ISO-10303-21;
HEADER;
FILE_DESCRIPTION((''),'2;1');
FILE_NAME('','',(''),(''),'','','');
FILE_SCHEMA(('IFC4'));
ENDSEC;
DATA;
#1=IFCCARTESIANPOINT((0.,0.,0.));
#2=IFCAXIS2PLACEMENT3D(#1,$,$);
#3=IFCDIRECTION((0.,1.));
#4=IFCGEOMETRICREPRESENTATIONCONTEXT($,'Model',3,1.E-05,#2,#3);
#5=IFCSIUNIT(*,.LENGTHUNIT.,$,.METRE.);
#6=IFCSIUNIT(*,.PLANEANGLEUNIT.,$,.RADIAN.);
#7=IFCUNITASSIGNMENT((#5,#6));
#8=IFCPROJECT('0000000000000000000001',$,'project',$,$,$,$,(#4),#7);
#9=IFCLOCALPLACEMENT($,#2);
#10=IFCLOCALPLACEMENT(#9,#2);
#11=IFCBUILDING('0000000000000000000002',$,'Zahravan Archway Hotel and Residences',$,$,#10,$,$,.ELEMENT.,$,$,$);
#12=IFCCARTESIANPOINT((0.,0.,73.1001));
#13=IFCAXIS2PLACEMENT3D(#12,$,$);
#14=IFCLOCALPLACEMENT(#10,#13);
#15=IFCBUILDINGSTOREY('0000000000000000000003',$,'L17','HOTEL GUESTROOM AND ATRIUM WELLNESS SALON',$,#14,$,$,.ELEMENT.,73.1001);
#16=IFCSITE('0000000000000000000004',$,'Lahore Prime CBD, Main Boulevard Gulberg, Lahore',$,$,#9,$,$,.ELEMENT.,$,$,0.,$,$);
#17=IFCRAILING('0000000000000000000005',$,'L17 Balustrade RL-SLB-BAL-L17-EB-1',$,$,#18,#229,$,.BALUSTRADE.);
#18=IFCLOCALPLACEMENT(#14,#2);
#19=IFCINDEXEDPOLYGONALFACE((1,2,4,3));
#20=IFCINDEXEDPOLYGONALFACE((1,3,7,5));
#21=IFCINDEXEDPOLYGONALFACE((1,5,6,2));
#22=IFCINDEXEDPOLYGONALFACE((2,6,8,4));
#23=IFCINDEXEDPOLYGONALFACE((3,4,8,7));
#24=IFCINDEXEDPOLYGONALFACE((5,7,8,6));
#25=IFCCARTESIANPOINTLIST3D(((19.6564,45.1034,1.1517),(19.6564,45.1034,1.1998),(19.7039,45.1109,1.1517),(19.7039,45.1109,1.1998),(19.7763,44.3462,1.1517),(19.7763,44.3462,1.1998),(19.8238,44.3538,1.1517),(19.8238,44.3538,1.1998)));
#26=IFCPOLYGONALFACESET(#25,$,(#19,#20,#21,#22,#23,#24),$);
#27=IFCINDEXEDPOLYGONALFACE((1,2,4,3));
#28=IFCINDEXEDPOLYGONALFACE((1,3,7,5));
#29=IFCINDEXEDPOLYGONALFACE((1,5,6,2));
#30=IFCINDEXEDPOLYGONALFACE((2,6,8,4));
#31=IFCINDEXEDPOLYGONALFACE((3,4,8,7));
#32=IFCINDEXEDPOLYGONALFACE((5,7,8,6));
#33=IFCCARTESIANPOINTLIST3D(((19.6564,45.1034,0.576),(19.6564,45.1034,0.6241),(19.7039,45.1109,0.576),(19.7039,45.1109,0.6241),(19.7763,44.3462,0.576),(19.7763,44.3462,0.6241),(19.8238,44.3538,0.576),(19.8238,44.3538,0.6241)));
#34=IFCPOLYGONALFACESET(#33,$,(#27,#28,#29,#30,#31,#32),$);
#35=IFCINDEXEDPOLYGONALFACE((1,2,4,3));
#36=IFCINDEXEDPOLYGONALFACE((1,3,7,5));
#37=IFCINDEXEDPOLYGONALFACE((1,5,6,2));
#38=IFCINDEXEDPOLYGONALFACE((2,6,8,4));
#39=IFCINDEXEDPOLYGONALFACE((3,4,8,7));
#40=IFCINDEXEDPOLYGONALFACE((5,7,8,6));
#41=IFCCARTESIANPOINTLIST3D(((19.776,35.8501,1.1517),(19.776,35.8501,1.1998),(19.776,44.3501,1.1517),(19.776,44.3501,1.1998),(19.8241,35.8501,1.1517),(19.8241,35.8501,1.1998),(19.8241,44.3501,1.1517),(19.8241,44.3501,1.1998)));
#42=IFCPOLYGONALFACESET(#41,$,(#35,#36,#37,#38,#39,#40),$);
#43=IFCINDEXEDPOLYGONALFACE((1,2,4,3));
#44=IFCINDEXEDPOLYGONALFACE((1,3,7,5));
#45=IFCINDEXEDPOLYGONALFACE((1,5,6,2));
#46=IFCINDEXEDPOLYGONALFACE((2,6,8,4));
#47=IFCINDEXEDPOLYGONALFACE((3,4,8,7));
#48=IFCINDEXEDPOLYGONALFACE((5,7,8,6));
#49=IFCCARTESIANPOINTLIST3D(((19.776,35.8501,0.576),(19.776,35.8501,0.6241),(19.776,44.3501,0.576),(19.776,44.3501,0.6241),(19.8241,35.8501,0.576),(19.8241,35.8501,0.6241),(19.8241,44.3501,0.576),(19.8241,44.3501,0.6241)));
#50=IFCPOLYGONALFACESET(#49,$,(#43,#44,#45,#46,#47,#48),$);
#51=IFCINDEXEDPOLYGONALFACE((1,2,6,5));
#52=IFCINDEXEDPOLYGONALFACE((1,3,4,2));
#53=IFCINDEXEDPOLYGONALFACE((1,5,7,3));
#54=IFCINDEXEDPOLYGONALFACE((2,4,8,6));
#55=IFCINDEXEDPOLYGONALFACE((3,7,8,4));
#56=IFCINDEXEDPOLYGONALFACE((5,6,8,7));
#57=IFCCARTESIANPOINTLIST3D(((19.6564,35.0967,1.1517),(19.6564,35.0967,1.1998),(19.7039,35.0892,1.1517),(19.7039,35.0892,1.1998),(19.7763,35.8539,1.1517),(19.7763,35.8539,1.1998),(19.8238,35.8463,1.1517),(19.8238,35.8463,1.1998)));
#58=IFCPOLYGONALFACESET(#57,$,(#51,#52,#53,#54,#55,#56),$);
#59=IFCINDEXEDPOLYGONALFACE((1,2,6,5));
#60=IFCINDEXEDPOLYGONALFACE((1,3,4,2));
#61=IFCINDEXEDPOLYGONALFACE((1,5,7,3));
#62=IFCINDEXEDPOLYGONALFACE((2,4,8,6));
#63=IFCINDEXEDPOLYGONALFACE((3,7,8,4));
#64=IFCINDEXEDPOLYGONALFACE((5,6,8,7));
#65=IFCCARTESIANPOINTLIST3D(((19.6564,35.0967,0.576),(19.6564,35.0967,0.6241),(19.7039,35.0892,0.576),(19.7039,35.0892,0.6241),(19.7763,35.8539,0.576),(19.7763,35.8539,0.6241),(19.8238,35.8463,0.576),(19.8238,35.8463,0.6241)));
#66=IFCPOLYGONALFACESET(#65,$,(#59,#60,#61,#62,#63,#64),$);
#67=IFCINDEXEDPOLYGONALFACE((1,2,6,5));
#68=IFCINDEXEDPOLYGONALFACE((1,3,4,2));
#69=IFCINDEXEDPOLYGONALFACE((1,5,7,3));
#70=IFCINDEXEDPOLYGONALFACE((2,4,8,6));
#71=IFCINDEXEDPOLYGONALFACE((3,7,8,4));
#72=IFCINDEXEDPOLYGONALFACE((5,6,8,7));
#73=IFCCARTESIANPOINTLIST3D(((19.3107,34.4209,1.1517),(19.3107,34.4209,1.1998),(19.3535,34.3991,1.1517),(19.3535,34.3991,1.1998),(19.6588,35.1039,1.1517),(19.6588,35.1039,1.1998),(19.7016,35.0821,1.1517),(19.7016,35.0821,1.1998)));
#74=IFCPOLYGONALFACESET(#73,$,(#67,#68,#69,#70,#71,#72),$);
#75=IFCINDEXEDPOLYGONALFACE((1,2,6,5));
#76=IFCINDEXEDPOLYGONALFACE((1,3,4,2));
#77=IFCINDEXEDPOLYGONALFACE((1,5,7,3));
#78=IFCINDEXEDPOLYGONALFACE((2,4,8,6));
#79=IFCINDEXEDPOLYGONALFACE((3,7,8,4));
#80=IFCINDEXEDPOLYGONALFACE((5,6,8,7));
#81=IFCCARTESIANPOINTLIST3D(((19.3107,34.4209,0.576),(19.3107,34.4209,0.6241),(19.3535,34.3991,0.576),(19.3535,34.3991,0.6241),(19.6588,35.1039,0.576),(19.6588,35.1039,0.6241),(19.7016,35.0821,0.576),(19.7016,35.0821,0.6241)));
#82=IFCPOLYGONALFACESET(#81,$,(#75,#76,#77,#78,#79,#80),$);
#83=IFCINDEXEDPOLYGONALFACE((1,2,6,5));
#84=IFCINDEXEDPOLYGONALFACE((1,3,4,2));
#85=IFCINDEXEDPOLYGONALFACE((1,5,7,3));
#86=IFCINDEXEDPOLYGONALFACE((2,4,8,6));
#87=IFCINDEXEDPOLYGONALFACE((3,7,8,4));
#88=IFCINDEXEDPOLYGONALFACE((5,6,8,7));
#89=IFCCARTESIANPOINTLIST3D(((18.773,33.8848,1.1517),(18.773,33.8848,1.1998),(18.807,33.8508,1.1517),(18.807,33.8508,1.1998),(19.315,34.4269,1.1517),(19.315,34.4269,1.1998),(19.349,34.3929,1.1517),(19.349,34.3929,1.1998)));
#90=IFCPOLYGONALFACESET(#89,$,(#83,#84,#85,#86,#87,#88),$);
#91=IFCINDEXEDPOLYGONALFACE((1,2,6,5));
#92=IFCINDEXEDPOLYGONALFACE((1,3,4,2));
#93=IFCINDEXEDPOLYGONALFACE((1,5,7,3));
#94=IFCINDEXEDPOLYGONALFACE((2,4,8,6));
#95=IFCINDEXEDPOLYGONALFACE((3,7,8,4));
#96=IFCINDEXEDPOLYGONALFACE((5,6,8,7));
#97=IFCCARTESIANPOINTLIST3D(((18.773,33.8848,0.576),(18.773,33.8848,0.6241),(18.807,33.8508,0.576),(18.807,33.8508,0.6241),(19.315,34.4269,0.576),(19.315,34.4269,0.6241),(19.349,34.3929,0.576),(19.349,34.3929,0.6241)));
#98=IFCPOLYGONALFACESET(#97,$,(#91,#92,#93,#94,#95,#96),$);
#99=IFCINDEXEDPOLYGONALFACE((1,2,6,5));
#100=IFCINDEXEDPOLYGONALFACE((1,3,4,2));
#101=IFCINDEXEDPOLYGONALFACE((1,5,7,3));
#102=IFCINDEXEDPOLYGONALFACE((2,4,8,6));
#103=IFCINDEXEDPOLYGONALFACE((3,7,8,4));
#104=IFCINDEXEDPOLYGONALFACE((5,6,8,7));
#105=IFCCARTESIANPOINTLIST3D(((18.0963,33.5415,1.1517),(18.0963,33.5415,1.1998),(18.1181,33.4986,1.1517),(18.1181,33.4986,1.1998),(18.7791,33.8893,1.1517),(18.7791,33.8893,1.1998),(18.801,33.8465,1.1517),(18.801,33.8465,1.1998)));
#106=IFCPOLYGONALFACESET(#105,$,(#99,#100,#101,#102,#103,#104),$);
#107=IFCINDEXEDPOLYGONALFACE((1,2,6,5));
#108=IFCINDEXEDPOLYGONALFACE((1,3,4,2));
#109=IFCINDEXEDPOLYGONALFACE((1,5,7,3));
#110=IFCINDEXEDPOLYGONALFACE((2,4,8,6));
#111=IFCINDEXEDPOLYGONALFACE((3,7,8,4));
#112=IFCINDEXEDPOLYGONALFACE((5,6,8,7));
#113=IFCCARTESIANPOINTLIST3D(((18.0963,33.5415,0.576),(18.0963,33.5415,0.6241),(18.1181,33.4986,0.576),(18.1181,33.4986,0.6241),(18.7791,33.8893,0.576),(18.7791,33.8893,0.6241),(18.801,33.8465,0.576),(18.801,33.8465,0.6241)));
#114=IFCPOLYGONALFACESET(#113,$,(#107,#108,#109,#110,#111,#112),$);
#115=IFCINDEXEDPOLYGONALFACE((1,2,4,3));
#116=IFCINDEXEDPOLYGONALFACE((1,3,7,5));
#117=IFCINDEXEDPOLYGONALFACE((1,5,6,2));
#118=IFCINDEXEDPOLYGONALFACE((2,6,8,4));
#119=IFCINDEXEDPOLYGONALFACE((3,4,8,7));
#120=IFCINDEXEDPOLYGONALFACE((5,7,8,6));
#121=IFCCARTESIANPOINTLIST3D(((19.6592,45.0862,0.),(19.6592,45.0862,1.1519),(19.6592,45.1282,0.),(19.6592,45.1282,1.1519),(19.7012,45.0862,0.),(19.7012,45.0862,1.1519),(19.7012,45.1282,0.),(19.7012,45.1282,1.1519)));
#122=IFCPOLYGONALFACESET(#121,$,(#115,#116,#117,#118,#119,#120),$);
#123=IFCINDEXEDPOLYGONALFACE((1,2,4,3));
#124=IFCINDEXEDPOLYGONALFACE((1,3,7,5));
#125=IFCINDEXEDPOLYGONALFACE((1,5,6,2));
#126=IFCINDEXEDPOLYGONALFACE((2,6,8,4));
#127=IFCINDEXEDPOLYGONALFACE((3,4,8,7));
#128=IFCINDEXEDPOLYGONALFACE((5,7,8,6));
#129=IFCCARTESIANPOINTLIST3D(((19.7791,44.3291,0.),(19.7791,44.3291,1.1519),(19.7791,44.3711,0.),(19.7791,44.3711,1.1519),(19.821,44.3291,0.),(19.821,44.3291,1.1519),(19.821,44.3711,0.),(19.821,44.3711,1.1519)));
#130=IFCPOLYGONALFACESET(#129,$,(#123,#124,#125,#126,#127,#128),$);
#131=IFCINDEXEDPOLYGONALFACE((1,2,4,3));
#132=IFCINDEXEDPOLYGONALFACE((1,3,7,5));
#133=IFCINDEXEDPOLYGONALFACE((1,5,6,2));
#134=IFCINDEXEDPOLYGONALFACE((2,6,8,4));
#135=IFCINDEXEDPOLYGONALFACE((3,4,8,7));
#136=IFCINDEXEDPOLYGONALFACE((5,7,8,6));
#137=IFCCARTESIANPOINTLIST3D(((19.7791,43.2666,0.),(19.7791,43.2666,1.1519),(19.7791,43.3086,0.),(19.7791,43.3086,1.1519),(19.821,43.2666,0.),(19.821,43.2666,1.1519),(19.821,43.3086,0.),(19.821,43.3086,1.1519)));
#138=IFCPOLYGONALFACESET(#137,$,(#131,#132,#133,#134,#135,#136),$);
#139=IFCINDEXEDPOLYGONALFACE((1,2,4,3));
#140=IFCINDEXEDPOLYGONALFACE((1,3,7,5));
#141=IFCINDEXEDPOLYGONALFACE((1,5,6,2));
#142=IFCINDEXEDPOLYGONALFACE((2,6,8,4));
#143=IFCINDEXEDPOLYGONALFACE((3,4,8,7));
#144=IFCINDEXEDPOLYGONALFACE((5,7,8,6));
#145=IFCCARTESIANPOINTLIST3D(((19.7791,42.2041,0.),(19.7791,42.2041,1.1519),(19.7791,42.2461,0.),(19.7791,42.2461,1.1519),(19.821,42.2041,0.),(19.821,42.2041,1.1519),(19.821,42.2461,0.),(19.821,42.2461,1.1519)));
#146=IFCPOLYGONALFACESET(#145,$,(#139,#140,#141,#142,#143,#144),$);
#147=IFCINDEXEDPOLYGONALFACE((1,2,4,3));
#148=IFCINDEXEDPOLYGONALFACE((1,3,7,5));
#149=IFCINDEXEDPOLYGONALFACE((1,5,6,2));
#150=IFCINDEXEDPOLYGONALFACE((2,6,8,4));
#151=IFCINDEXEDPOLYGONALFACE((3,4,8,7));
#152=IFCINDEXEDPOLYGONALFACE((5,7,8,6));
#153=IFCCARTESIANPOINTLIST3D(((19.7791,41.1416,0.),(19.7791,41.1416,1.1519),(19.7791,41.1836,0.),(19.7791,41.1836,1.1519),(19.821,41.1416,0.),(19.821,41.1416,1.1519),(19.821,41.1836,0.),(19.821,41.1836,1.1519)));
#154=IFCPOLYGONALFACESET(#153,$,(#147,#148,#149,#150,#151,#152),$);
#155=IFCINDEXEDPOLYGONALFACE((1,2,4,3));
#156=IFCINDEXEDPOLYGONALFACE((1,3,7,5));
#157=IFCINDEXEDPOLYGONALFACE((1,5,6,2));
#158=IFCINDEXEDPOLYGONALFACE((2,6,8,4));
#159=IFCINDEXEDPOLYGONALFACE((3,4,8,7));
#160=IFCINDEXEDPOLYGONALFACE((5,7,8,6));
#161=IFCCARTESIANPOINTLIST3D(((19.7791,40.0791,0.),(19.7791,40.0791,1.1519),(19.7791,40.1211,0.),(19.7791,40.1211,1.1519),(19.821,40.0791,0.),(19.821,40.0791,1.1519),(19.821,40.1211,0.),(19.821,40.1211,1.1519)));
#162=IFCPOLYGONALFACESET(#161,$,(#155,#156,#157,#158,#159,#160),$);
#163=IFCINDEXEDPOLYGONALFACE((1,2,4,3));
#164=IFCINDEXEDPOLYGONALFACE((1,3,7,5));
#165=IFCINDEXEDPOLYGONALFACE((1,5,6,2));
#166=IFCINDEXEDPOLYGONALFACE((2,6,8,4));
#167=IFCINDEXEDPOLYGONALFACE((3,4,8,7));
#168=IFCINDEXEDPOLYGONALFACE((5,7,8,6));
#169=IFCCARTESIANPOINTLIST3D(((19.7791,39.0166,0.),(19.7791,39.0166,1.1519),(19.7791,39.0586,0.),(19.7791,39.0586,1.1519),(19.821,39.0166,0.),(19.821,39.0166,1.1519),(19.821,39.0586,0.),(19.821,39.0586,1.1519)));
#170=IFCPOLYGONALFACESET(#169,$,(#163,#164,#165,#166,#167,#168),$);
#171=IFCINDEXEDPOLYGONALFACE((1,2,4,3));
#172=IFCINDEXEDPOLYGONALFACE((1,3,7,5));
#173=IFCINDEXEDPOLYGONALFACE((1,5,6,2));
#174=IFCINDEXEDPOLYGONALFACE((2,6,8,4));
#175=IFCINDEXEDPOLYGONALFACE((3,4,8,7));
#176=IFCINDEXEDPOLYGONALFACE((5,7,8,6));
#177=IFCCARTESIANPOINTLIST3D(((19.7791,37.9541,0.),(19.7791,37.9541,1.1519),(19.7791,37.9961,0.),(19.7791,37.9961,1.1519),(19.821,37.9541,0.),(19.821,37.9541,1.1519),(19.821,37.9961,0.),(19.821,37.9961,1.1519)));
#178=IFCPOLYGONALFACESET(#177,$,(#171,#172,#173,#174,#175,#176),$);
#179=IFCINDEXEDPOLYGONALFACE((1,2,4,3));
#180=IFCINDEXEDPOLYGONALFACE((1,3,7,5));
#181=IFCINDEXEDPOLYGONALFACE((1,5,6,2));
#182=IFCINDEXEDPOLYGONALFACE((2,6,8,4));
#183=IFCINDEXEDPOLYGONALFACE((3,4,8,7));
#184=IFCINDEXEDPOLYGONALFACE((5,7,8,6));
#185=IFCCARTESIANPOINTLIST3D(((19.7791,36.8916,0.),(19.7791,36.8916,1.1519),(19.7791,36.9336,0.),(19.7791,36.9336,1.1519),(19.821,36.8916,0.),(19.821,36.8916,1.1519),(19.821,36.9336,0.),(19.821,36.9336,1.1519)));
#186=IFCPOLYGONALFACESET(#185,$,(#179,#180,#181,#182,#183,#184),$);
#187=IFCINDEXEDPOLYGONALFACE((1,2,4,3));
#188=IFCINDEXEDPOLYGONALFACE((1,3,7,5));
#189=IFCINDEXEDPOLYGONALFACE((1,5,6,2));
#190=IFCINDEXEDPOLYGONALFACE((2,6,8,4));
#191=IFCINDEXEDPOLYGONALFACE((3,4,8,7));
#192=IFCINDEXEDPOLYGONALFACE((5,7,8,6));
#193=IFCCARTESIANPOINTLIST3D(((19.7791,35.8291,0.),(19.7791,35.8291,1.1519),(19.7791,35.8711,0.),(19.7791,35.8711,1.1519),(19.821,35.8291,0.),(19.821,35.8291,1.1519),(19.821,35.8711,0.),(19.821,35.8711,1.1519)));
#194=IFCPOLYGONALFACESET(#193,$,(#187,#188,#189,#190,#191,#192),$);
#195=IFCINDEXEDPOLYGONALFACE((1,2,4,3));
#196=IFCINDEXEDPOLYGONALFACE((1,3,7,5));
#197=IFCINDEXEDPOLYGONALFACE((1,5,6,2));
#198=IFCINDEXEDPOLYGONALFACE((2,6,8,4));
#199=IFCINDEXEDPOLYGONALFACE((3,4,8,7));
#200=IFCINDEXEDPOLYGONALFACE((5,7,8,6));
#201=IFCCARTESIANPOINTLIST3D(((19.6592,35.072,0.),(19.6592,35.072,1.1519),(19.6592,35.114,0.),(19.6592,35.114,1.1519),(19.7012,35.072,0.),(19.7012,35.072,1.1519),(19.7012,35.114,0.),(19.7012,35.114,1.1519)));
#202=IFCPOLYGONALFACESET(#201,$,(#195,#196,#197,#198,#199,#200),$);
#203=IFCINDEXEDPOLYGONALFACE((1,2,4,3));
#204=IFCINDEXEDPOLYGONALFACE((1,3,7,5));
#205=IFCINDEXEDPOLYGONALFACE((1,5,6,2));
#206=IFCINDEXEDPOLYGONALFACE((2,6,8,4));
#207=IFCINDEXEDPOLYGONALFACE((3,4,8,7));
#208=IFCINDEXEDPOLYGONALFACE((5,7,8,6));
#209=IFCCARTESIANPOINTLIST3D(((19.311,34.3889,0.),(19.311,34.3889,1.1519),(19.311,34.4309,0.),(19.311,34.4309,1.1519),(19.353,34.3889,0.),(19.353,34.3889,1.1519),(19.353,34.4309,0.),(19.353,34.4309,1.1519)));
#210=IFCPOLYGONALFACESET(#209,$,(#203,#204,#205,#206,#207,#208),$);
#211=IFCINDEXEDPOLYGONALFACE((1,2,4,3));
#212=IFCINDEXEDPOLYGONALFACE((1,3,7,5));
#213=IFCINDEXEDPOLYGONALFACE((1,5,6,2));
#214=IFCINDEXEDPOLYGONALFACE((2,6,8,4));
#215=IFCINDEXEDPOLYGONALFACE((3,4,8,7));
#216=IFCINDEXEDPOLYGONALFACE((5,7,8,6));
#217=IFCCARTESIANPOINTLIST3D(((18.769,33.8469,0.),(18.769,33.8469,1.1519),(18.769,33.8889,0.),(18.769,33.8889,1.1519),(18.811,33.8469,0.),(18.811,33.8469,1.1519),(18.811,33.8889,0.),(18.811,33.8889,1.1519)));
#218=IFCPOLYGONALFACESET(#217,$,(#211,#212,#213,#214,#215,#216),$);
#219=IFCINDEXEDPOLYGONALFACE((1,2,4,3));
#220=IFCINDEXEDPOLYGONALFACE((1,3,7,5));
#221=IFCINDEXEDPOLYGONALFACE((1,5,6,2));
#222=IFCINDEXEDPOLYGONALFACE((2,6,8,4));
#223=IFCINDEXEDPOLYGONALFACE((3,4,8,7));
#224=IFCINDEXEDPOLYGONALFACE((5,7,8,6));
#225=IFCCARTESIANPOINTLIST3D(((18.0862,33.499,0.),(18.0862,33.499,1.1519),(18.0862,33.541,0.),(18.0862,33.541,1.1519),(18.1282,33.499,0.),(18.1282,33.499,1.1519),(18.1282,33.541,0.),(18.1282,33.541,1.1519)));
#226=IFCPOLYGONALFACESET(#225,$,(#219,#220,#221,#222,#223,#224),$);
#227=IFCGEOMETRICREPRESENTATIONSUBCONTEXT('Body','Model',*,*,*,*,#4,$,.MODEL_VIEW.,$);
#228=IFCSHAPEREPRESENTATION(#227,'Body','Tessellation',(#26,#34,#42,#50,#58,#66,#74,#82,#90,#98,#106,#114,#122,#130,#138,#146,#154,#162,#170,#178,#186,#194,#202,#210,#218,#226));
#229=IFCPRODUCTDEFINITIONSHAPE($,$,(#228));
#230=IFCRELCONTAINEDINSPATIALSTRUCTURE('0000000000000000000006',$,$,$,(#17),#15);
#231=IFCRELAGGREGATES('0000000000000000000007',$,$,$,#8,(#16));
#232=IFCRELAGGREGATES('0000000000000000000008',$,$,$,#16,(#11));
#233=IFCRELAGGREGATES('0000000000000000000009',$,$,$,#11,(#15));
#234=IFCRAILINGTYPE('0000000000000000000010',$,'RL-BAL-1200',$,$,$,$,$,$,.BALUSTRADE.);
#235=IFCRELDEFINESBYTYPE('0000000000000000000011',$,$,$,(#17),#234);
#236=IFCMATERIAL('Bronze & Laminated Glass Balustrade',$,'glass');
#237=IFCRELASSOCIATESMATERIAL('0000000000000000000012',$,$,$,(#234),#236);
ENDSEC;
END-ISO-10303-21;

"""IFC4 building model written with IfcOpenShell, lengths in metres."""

from ifc_helpers import new_model, si_unit, direction, frame, origin, origin_2d, place, context, subcontext, project, spatial, rectangle, extrude, material, type_object, element, save


model = new_model("IFC4")

# Units and contexts
model_context = context("Model", 3, precision=1e-05, world=origin(), true_north=direction((0.0, 1.0)))
body_context = subcontext(model_context, "Body", "Model", "MODEL_VIEW")
ifc_project = project(units=[si_unit("LENGTHUNIT", "METRE"), si_unit("PLANEANGLEUNIT", "RADIAN")], contexts=[model_context])

# Site, building, storey
site_placement = place(None, origin())
site = spatial("IfcSite", under=ifc_project, at=site_placement, Name="Lahore Prime CBD, Main Boulevard Gulberg, Lahore", CompositionType="ELEMENT", RefElevation=0.0)
building_placement = place(site_placement, origin())
building = spatial("IfcBuilding", under=site, at=building_placement, Name="Zahravan Archway Hotel and Residences", CompositionType="ELEMENT")
storey_placement = place(building_placement, frame((0.0, 0.0, 73.1001)))
storey = spatial("IfcBuildingStorey", under=building, at=storey_placement, Name="L17", Description="HOTEL GUESTROOM AND ATRIUM WELLNESS SALON", CompositionType="ELEMENT", Elevation=73.1001)

# Railing
ifc_material_1 = material(Name="Bronze & Laminated Glass Balustrade", Category="glass")
railing_type = type_object("IfcRailingType", Name="RL-BAL-1200", PredefinedType="BALUSTRADE", material=ifc_material_1)
railing_placement = place(storey_placement, frame((19.6802, 45.1072, 0.0)))
element("IfcRailing", 1, at=railing_placement, inside=storey, type_object=railing_type, Name="L17 Balustrade RL-SLB-BAL-L17-EB-1", PredefinedType="BALUSTRADE", context=body_context, shape_type="SweptSolid", body=[
    extrude(rectangle(XDim=0.0481, YDim=0.0481, at=origin_2d()), frame((0.0, 0.0, 1.1758), z_axis=(0.156388, -0.987696, 0.0), x_axis=(0.987696, 0.156388, 0.0)), (0.0, 0.0, 1.0), 0.7666),
    extrude(rectangle(XDim=0.0481, YDim=0.0481, at=origin_2d()), frame((0.0, 0.0, 0.6001), z_axis=(0.156388, -0.987696, 0.0), x_axis=(0.987696, 0.156388, 0.0)), (0.0, 0.0, 1.0), 0.7666),
    extrude(rectangle(XDim=0.0481, YDim=0.0481, at=origin_2d()), frame((0.1199, -0.7571, 1.1758), z_axis=(0.0, -1.0, 0.0), x_axis=(1.0, 0.0, 0.0)), (0.0, 0.0, 1.0), 8.5),
    extrude(rectangle(XDim=0.0481, YDim=0.0481, at=origin_2d()), frame((0.1199, -0.7571, 0.6001), z_axis=(0.0, -1.0, 0.0), x_axis=(1.0, 0.0, 0.0)), (0.0, 0.0, 1.0), 8.5),
    extrude(rectangle(XDim=0.0481, YDim=0.0481, at=origin_2d()), frame((0.1199, -9.2571, 1.1758), z_axis=(-0.156388, -0.987696, 0.0), x_axis=(0.987696, -0.156388, 0.0)), (0.0, 0.0, 1.0), 0.7666),
    extrude(rectangle(XDim=0.0481, YDim=0.0481, at=origin_2d()), frame((0.1199, -9.2571, 0.6001), z_axis=(-0.156388, -0.987696, 0.0), x_axis=(0.987696, -0.156388, 0.0)), (0.0, 0.0, 1.0), 0.7666),
    extrude(rectangle(XDim=0.0481, YDim=0.0481, at=origin_2d()), frame((0.0, -10.0142, 1.1758), z_axis=(-0.454078, -0.890962, 0.0), x_axis=(0.890962, -0.454078, 0.0)), (0.0, 0.0, 1.0), 0.7666),
    extrude(rectangle(XDim=0.0481, YDim=0.0481, at=origin_2d()), frame((0.0, -10.0142, 0.6001), z_axis=(-0.454078, -0.890962, 0.0), x_axis=(0.890962, -0.454078, 0.0)), (0.0, 0.0, 1.0), 0.7666),
    extrude(rectangle(XDim=0.0481, YDim=0.0481, at=origin_2d()), frame((-0.3481, -10.6973, 1.1758), z_axis=(-0.707107, -0.707107, 0.0), x_axis=(0.707107, -0.707107, 0.0)), (0.0, 0.0, 1.0), 0.7666),
    extrude(rectangle(XDim=0.0481, YDim=0.0481, at=origin_2d()), frame((-0.3481, -10.6973, 0.6001), z_axis=(-0.707107, -0.707107, 0.0), x_axis=(0.707107, -0.707107, 0.0)), (0.0, 0.0, 1.0), 0.7666),
    extrude(rectangle(XDim=0.0481, YDim=0.0481, at=origin_2d()), frame((-0.8901, -11.2393, 1.1758), z_axis=(-0.891025, -0.453954, 0.0), x_axis=(0.453954, -0.891025, 0.0)), (0.0, 0.0, 1.0), 0.7664),
    extrude(rectangle(XDim=0.0481, YDim=0.0481, at=origin_2d()), frame((-0.8901, -11.2393, 0.6001), z_axis=(-0.891025, -0.453954, 0.0), x_axis=(0.453954, -0.891025, 0.0)), (0.0, 0.0, 1.0), 0.7664),
    extrude(rectangle(XDim=0.042, YDim=0.042, at=origin_2d()), origin(), (0.0, 0.0, 1.0), 1.1519),
    extrude(rectangle(XDim=0.042, YDim=0.042, at=origin_2d()), frame((0.1199, -0.7571, 0.0)), (0.0, 0.0, 1.0), 1.1519),
    extrude(rectangle(XDim=0.042, YDim=0.042, at=origin_2d()), frame((0.1199, -1.8196, 0.0)), (0.0, 0.0, 1.0), 1.1519),
    extrude(rectangle(XDim=0.042, YDim=0.042, at=origin_2d()), frame((0.1199, -2.8821, 0.0)), (0.0, 0.0, 1.0), 1.1519),
    extrude(rectangle(XDim=0.042, YDim=0.042, at=origin_2d()), frame((0.1199, -3.9446, 0.0)), (0.0, 0.0, 1.0), 1.1519),
    extrude(rectangle(XDim=0.042, YDim=0.042, at=origin_2d()), frame((0.1199, -5.0071, 0.0)), (0.0, 0.0, 1.0), 1.1519),
    extrude(rectangle(XDim=0.042, YDim=0.042, at=origin_2d()), frame((0.1199, -6.0696, 0.0)), (0.0, 0.0, 1.0), 1.1519),
    extrude(rectangle(XDim=0.042, YDim=0.042, at=origin_2d()), frame((0.1199, -7.1321, 0.0)), (0.0, 0.0, 1.0), 1.1519),
    extrude(rectangle(XDim=0.042, YDim=0.042, at=origin_2d()), frame((0.1199, -8.1946, 0.0)), (0.0, 0.0, 1.0), 1.1519),
    extrude(rectangle(XDim=0.042, YDim=0.042, at=origin_2d()), frame((0.1199, -9.2571, 0.0)), (0.0, 0.0, 1.0), 1.1519),
    extrude(rectangle(XDim=0.042, YDim=0.042, at=origin_2d()), frame((0.0, -10.0142, 0.0)), (0.0, 0.0, 1.0), 1.1519),
    extrude(rectangle(XDim=0.042, YDim=0.042, at=origin_2d()), frame((-0.3481, -10.6973, 0.0)), (0.0, 0.0, 1.0), 1.1519),
    extrude(rectangle(XDim=0.042, YDim=0.042, at=origin_2d()), frame((-0.8901, -11.2393, 0.0)), (0.0, 0.0, 1.0), 1.1519),
    extrude(rectangle(XDim=0.042, YDim=0.042, at=origin_2d()), frame((-1.573, -11.5872, 0.0)), (0.0, 0.0, 1.0), 1.1519),
])

save(model, "model.ifc")
